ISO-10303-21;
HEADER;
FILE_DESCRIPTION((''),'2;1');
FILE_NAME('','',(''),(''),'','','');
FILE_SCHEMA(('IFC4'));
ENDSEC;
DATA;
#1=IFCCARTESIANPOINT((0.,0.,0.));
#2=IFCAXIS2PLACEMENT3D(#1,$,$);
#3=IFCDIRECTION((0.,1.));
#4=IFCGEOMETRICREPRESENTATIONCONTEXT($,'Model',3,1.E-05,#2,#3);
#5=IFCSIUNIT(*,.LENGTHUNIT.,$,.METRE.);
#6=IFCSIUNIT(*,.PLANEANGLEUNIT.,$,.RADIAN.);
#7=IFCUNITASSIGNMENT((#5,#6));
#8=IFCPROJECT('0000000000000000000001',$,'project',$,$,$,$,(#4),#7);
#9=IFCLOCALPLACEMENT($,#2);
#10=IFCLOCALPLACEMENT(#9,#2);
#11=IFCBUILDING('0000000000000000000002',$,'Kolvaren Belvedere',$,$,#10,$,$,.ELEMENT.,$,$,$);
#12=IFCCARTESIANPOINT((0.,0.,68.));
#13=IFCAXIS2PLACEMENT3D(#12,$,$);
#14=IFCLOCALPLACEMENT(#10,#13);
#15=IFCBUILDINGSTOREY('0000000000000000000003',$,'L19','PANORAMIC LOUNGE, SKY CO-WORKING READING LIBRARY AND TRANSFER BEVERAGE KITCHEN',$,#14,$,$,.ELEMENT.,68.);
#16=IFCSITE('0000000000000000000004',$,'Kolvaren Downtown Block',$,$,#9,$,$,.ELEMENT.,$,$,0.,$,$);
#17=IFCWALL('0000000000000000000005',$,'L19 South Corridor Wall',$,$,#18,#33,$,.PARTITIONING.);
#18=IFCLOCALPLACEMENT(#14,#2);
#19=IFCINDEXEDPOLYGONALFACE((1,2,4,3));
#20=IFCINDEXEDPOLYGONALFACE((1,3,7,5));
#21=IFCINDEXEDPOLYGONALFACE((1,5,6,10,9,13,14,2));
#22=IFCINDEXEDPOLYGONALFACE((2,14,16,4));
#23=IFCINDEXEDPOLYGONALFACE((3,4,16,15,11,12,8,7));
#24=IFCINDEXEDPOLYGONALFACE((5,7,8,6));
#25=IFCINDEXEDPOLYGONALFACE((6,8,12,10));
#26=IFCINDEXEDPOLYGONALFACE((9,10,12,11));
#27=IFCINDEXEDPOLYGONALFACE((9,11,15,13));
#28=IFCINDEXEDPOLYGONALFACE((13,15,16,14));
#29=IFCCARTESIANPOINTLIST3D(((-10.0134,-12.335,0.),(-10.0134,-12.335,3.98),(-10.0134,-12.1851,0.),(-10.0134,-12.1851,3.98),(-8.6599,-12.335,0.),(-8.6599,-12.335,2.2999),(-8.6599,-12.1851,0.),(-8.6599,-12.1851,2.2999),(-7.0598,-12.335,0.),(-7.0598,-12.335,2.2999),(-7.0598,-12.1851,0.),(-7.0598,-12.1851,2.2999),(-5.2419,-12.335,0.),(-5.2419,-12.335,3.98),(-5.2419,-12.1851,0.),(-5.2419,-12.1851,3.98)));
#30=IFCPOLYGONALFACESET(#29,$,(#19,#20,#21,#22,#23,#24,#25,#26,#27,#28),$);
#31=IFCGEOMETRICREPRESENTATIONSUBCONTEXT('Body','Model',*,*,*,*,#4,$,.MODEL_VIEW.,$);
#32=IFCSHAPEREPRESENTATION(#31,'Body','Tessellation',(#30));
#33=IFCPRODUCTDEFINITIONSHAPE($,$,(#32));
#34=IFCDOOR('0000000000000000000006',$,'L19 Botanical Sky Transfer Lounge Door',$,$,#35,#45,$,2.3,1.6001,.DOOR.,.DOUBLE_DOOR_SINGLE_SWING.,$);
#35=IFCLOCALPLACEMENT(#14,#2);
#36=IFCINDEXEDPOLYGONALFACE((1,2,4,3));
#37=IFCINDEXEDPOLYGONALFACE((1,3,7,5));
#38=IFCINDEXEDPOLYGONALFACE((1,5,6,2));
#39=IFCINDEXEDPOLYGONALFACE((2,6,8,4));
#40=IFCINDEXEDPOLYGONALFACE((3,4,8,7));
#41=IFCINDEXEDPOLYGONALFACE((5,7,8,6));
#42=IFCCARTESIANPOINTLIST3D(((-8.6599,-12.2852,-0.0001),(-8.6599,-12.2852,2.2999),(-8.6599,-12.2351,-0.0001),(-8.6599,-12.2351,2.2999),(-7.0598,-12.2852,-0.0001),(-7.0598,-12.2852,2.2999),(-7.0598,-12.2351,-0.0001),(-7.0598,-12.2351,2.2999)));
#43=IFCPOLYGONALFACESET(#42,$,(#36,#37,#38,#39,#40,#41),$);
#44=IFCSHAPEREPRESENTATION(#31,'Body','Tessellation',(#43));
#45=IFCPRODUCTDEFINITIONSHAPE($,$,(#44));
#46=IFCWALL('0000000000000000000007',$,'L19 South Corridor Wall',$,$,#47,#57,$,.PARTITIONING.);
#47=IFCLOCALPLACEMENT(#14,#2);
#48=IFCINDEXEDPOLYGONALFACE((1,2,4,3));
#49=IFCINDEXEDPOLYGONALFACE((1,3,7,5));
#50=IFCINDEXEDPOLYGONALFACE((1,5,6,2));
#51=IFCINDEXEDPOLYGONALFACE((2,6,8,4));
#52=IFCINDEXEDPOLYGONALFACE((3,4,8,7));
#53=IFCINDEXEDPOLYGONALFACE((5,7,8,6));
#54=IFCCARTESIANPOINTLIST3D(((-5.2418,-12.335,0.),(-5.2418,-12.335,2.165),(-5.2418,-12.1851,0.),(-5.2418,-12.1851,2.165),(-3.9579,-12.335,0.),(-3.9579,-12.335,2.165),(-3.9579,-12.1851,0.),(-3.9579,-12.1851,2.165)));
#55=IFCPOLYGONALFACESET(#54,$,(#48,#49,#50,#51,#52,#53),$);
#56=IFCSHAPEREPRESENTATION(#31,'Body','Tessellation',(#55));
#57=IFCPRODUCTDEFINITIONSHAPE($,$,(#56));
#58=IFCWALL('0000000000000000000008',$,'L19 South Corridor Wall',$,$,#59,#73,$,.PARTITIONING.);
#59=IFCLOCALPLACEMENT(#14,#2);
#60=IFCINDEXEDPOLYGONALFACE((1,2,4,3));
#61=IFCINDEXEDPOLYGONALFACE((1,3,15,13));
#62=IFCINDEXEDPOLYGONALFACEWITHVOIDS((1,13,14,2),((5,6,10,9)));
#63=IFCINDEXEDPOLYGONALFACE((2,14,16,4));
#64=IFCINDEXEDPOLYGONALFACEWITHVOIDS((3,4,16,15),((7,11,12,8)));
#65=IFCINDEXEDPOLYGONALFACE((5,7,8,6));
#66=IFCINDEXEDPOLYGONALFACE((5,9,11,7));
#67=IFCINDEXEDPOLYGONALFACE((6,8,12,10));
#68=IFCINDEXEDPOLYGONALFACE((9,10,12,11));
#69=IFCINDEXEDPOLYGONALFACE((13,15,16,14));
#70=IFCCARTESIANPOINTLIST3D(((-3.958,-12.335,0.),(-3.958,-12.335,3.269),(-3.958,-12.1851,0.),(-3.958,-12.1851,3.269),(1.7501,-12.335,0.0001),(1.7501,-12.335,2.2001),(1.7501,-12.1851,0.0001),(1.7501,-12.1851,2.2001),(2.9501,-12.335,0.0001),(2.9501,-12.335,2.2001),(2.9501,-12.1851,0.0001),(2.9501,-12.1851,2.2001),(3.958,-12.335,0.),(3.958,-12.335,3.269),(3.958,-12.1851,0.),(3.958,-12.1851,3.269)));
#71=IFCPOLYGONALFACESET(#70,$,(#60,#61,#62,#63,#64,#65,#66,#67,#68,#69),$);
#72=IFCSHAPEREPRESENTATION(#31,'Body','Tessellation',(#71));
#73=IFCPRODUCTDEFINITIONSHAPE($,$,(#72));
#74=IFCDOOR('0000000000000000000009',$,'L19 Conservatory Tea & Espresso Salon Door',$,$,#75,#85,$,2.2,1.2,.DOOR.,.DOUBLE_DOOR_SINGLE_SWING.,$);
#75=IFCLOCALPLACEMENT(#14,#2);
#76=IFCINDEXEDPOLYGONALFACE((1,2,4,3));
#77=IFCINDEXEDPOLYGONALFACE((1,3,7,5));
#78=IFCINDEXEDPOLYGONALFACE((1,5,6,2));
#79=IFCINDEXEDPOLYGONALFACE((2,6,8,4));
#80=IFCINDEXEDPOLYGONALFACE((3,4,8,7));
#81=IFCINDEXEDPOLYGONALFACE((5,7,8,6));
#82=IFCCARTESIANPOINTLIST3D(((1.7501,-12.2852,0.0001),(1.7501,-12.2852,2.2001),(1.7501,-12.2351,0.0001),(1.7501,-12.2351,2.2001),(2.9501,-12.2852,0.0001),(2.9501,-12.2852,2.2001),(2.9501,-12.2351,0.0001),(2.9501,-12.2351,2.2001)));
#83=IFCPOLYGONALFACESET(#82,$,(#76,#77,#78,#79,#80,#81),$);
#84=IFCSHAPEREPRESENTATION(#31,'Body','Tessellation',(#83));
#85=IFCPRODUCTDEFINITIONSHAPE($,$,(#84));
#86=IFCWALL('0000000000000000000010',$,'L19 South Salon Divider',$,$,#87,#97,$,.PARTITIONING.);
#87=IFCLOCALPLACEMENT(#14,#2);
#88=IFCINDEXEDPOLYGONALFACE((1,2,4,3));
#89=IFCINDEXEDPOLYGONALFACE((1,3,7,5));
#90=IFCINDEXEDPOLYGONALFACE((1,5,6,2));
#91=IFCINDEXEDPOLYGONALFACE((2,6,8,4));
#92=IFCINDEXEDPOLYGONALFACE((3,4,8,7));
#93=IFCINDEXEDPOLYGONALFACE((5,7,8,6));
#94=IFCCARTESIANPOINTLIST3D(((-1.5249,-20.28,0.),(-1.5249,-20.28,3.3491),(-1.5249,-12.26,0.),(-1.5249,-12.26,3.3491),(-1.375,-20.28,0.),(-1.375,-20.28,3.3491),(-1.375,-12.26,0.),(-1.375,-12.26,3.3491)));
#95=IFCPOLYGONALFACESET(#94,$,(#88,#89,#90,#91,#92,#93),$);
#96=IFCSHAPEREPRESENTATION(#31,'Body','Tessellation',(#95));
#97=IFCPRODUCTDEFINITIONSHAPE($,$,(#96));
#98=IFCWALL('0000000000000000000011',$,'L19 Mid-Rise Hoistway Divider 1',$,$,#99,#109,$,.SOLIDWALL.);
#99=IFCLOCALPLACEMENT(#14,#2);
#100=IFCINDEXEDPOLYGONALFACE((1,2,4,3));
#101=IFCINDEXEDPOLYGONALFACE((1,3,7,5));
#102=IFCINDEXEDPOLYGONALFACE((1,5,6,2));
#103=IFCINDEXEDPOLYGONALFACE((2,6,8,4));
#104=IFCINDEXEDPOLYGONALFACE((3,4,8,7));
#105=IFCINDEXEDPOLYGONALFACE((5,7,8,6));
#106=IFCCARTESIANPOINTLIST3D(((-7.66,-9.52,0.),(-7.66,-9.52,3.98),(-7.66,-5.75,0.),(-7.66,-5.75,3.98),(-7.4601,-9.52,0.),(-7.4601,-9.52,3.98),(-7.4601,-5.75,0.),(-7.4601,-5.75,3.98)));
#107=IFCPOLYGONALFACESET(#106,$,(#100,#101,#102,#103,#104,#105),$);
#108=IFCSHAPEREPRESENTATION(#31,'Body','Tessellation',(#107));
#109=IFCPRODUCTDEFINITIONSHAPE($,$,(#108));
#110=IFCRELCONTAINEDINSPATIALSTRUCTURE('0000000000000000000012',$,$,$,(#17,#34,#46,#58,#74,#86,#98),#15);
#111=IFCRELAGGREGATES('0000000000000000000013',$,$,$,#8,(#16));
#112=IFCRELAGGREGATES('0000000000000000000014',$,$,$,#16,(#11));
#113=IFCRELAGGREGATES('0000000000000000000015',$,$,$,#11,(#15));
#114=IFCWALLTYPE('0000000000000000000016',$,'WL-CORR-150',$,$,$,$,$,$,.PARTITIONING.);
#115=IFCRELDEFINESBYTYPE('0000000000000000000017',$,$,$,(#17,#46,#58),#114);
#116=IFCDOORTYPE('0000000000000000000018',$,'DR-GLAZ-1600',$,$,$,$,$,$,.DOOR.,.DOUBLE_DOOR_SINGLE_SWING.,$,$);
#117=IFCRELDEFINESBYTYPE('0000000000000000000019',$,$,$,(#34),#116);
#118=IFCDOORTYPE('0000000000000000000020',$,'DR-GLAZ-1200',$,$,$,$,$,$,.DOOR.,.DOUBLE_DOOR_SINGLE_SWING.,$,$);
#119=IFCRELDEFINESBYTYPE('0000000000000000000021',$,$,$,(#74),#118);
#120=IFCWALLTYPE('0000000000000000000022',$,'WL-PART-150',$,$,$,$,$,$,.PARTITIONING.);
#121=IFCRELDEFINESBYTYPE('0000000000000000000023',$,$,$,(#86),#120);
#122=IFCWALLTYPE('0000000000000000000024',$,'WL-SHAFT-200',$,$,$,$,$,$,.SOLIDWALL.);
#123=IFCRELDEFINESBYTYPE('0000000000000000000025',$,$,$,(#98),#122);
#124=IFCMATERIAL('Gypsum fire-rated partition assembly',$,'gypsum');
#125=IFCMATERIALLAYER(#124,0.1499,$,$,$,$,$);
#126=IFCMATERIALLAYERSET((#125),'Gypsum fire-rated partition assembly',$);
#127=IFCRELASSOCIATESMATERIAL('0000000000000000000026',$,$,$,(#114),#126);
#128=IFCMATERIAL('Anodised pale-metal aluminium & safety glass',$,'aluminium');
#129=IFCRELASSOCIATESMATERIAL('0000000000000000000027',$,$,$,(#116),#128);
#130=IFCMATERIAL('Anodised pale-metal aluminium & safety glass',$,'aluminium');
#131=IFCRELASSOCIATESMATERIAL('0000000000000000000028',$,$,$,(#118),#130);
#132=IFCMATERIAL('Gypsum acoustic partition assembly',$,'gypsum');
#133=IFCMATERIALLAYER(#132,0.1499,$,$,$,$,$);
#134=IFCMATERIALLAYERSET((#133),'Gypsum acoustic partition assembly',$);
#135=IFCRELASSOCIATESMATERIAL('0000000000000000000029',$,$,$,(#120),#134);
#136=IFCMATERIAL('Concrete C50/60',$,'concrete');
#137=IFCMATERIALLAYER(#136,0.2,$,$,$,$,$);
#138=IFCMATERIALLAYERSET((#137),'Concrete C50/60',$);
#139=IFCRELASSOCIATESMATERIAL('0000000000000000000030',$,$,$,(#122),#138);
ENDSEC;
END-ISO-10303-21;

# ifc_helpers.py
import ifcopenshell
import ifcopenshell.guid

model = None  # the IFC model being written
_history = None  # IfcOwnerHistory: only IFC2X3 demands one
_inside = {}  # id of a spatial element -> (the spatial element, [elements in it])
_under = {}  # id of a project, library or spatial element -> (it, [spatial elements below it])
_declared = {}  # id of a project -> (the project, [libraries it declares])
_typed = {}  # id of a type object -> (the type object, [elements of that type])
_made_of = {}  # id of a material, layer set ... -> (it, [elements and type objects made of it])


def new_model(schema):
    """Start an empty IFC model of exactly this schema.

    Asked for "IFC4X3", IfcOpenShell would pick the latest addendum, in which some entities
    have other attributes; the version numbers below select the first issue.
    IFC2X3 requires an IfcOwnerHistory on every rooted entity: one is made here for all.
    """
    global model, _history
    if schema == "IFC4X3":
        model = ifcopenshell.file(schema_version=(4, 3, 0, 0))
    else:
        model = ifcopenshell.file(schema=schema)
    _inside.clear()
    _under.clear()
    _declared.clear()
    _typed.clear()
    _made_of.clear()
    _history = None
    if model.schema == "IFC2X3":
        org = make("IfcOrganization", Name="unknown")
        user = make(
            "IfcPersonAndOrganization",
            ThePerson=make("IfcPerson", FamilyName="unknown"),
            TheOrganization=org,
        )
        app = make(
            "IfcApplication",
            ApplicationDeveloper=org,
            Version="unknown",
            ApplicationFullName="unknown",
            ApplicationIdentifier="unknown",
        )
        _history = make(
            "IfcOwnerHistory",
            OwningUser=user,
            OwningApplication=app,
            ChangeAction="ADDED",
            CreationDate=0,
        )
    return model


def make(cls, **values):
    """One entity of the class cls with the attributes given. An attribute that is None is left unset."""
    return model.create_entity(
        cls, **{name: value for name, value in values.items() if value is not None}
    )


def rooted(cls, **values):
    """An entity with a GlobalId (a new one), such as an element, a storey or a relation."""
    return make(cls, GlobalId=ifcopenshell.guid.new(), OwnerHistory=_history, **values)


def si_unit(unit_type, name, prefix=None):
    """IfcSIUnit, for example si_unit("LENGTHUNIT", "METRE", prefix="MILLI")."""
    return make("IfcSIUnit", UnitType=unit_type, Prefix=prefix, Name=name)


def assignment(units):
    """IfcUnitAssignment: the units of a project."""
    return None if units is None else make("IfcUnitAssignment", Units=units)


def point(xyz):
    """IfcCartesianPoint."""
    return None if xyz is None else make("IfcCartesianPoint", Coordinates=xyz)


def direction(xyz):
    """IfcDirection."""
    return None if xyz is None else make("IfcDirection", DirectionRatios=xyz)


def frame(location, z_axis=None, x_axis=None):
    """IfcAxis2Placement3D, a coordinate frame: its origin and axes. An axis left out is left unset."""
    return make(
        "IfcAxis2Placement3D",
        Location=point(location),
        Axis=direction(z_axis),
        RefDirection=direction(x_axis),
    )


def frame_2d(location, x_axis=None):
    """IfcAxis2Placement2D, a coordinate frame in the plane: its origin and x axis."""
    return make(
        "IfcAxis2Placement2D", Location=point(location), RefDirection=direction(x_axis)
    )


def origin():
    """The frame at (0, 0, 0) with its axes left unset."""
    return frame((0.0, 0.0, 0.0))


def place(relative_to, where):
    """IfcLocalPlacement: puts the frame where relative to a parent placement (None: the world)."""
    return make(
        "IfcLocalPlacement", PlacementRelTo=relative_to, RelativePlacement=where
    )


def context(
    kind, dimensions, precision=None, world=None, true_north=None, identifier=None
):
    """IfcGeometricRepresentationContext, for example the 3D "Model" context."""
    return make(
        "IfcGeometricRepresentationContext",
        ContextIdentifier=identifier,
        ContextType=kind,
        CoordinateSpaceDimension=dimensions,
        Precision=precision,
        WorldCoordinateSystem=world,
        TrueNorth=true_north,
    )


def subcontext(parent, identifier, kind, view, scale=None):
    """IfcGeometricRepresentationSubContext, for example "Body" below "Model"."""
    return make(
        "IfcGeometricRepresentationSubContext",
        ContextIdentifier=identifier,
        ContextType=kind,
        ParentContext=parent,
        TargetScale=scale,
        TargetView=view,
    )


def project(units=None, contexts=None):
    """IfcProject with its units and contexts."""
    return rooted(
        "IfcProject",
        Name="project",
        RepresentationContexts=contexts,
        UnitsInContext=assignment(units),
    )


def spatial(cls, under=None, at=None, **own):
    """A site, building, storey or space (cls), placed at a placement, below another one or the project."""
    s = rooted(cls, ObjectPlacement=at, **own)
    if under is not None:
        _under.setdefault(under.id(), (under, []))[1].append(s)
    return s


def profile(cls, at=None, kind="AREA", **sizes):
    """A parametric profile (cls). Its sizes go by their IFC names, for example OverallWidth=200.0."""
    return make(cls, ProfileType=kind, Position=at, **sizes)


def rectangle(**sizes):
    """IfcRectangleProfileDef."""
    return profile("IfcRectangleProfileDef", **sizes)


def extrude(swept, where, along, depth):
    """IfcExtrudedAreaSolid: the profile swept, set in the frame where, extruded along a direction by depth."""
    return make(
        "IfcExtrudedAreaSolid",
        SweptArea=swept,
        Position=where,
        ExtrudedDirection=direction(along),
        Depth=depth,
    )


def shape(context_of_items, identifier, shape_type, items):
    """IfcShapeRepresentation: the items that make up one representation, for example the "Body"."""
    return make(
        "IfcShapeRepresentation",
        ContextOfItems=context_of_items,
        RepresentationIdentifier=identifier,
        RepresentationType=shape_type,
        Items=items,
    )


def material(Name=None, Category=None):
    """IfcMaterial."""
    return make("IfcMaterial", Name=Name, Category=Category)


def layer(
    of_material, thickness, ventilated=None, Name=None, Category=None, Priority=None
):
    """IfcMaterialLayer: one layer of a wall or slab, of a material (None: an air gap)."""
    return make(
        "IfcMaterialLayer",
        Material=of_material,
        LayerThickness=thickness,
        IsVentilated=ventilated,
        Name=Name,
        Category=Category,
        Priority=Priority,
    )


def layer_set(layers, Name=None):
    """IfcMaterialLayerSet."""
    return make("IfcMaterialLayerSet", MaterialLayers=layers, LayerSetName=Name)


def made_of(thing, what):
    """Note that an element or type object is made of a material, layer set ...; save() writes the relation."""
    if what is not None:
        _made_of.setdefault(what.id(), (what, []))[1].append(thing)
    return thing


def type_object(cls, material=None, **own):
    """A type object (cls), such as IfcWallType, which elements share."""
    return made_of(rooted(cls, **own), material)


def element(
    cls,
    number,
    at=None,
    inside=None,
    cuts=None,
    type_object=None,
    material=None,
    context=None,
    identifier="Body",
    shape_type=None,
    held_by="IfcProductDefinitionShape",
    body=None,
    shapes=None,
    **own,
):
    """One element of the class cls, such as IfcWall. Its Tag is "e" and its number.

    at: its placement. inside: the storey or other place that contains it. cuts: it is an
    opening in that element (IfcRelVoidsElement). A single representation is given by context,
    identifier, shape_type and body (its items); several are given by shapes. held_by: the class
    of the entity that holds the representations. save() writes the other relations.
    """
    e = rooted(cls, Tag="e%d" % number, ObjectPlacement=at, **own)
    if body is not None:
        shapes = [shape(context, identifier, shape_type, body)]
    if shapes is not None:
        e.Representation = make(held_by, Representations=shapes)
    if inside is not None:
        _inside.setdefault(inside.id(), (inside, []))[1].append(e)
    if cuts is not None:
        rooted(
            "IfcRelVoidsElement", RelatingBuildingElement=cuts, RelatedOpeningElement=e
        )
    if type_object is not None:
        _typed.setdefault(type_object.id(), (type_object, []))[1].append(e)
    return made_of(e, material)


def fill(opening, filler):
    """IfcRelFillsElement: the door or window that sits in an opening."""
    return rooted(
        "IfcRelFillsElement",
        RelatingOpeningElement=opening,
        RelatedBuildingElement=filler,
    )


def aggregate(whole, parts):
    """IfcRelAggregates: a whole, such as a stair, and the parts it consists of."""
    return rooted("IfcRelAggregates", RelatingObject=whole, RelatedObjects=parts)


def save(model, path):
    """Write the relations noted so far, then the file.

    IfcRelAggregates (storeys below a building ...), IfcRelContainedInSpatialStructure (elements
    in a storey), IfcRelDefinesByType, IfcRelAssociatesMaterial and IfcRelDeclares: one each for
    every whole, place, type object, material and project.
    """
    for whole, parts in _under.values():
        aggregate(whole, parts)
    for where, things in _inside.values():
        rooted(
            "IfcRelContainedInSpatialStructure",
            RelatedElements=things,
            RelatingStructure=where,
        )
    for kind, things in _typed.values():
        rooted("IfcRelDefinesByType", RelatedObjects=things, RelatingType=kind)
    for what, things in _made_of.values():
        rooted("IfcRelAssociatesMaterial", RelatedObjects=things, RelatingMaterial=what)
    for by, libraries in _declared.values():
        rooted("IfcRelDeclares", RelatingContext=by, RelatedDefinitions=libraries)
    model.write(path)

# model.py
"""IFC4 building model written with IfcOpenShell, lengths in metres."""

from ifc_helpers import new_model, si_unit, direction, frame, frame_2d, origin, place, context, subcontext, project, spatial, rectangle, extrude, material, layer, layer_set, type_object, element, fill, save


model = new_model("IFC4")

# Units and contexts
model_context = context("Model", 3, precision=1e-05, world=origin(), true_north=direction((0.0, 1.0)))
body_context = subcontext(model_context, "Body", "Model", "MODEL_VIEW")
ifc_project = project(units=[si_unit("LENGTHUNIT", "METRE"), si_unit("PLANEANGLEUNIT", "RADIAN")], contexts=[model_context])

# Site, building, storey
site_placement = place(None, origin())
site = spatial("IfcSite", under=ifc_project, at=site_placement, Name="Kolvaren Downtown Block", CompositionType="ELEMENT", RefElevation=0.0)
building_placement = place(site_placement, origin())
building = spatial("IfcBuilding", under=site, at=building_placement, Name="Kolvaren Belvedere", CompositionType="ELEMENT")
storey_placement = place(building_placement, frame((0.0, 0.0, 68.0)))
storey = spatial("IfcBuildingStorey", under=building, at=storey_placement, Name="L19", Description="PANORAMIC LOUNGE, SKY CO-WORKING READING LIBRARY AND TRANSFER BEVERAGE KITCHEN", CompositionType="ELEMENT", Elevation=68.0)

# Shared definitions
ifc_material_1 = material(Name="Gypsum fire-rated partition assembly", Category="gypsum")
ifc_layer_1 = layer(ifc_material_1, 0.1499)
ifc_layer_set_1 = layer_set([ifc_layer_1], Name="Gypsum fire-rated partition assembly")
wall_type_1 = type_object("IfcWallType", Name="WL-CORR-150", PredefinedType="PARTITIONING", material=ifc_layer_set_1)

# Wall, opening, door
wall_1_placement = place(storey_placement, frame((-10.0134, -12.26, 0.0), z_axis=(0.0, 0.0, 1.0), x_axis=(1.0, 0.0, 0.0)))
wall_1 = element("IfcWall", 1, at=wall_1_placement, inside=storey, type_object=wall_type_1, Name="L19 South Corridor Wall", PredefinedType="PARTITIONING", context=body_context, shape_type="SweptSolid", body=[
    extrude(rectangle(XDim=4.7715, YDim=0.1499, at=frame_2d((2.3857, 0.0))), origin(), (0.0, 0.0, 1.0), 3.98),
])
opening_1_placement = place(wall_1_placement, frame((1.3535, 0.0, 0.0)))
opening_1 = element("IfcOpeningElement", 2, at=opening_1_placement, cuts=wall_1, PredefinedType="OPENING", context=body_context, shape_type="SweptSolid", body=[
    extrude(rectangle(XDim=1.6001, YDim=2.3, at=frame_2d((0.8, 1.1499))), frame((0.0, 0.085, 0.0), z_axis=(0.0, -1.0, 0.0), x_axis=(1.0, 0.0, 0.0)), (0.0, 0.0, 1.0), 0.1699),
])
ifc_material_2 = material(Name="Anodised pale-metal aluminium & safety glass", Category="aluminium")
door_type_1 = type_object("IfcDoorType", Name="DR-GLAZ-1600", OperationType="DOUBLE_DOOR_SINGLE_SWING", PredefinedType="DOOR", material=ifc_material_2)
door_1_placement = place(opening_1_placement, origin())
door_1 = element("IfcDoor", 3, at=door_1_placement, inside=storey, type_object=door_type_1, Name="L19 Botanical Sky Transfer Lounge Door", OperationType="DOUBLE_DOOR_SINGLE_SWING", OverallHeight=2.3, OverallWidth=1.6001, PredefinedType="DOOR", context=body_context, shape_type="SweptSolid", body=[
    extrude(rectangle(XDim=1.6001, YDim=2.3, at=frame_2d((0.8, 1.1499))), frame((0.0, 0.0249, 0.0), z_axis=(0.0, -1.0, 0.0), x_axis=(1.0, 0.0, 0.0)), (0.0, 0.0, 1.0), 0.05),
])
fill(opening_1, door_1)

# Wall
wall_2_placement = place(storey_placement, frame((-5.2419, -12.26, 0.0), z_axis=(0.0, 0.0, 1.0), x_axis=(1.0, 0.0, 0.0)))
element("IfcWall", 4, at=wall_2_placement, inside=storey, type_object=wall_type_1, Name="L19 South Corridor Wall", PredefinedType="PARTITIONING", context=body_context, shape_type="SweptSolid", body=[
    extrude(rectangle(XDim=1.2839, YDim=0.1499, at=frame_2d((0.6421, 0.0))), origin(), (0.0, 0.0, 1.0), 2.165),
])

# Wall, opening, door
wall_3_placement = place(storey_placement, frame((-3.958, -12.26, 0.0), z_axis=(0.0, 0.0, 1.0), x_axis=(1.0, 0.0, 0.0)))
wall_3 = element("IfcWall", 5, at=wall_3_placement, inside=storey, type_object=wall_type_1, Name="L19 South Corridor Wall", PredefinedType="PARTITIONING", context=body_context, shape_type="SweptSolid", body=[
    extrude(rectangle(XDim=7.916, YDim=0.1499, at=frame_2d((3.958, 0.0))), origin(), (0.0, 0.0, 1.0), 3.269),
])
opening_2_placement = place(wall_3_placement, frame((5.708, 0.0, 0.0)))
opening_2 = element("IfcOpeningElement", 6, at=opening_2_placement, cuts=wall_3, PredefinedType="OPENING", context=body_context, shape_type="SweptSolid", body=[
    extrude(rectangle(XDim=1.2, YDim=2.2, at=frame_2d((0.6001, 1.1001))), frame((0.0, 0.085, 0.0), z_axis=(0.0, -1.0, 0.0), x_axis=(1.0, 0.0, 0.0)), (0.0, 0.0, 1.0), 0.1699),
])
ifc_material_3 = material(Name="Anodised pale-metal aluminium & safety glass", Category="aluminium")
door_type_2 = type_object("IfcDoorType", Name="DR-GLAZ-1200", OperationType="DOUBLE_DOOR_SINGLE_SWING", PredefinedType="DOOR", material=ifc_material_3)
door_2_placement = place(opening_2_placement, origin())
door_2 = element("IfcDoor", 7, at=door_2_placement, inside=storey, type_object=door_type_2, Name="L19 Conservatory Tea & Espresso Salon Door", OperationType="DOUBLE_DOOR_SINGLE_SWING", OverallHeight=2.2, OverallWidth=1.2, PredefinedType="DOOR", context=body_context, shape_type="SweptSolid", body=[
    extrude(rectangle(XDim=1.2, YDim=2.2, at=frame_2d((0.6001, 1.1001))), frame((0.0, 0.0249, 0.0), z_axis=(0.0, -1.0, 0.0), x_axis=(1.0, 0.0, 0.0)), (0.0, 0.0, 1.0), 0.05),
])
fill(opening_2, door_2)

# Walls
ifc_material_4 = material(Name="Gypsum acoustic partition assembly", Category="gypsum")
ifc_layer_2 = layer(ifc_material_4, 0.1499)
ifc_layer_set_2 = layer_set([ifc_layer_2], Name="Gypsum acoustic partition assembly")
wall_type_2 = type_object("IfcWallType", Name="WL-PART-150", PredefinedType="PARTITIONING", material=ifc_layer_set_2)
wall_4_placement = place(storey_placement, frame((-1.45, -20.28, 0.0), z_axis=(0.0, 0.0, 1.0), x_axis=(0.0, 1.0, 0.0)))
element("IfcWall", 8, at=wall_4_placement, inside=storey, type_object=wall_type_2, Name="L19 South Salon Divider", PredefinedType="PARTITIONING", context=body_context, shape_type="SweptSolid", body=[
    extrude(rectangle(XDim=8.02, YDim=0.1499, at=frame_2d((4.01, 0.0))), origin(), (0.0, 0.0, 1.0), 3.3491),
])
ifc_material_5 = material(Name="Concrete C50/60", Category="concrete")
ifc_layer_3 = layer(ifc_material_5, 0.2)
ifc_layer_set_3 = layer_set([ifc_layer_3], Name="Concrete C50/60")
wall_type_3 = type_object("IfcWallType", Name="WL-SHAFT-200", PredefinedType="SOLIDWALL", material=ifc_layer_set_3)
wall_5_placement = place(storey_placement, frame((-7.5601, -9.52, 0.0), z_axis=(0.0, 0.0, 1.0), x_axis=(0.0, 1.0, 0.0)))
element("IfcWall", 9, at=wall_5_placement, inside=storey, type_object=wall_type_3, Name="L19 Mid-Rise Hoistway Divider 1", PredefinedType="SOLIDWALL", context=body_context, shape_type="SweptSolid", body=[
    extrude(rectangle(XDim=3.77, YDim=0.2, at=frame_2d((1.885, 0.0))), origin(), (0.0, 0.0, 1.0), 3.98),
])

save(model, "model.ifc")
